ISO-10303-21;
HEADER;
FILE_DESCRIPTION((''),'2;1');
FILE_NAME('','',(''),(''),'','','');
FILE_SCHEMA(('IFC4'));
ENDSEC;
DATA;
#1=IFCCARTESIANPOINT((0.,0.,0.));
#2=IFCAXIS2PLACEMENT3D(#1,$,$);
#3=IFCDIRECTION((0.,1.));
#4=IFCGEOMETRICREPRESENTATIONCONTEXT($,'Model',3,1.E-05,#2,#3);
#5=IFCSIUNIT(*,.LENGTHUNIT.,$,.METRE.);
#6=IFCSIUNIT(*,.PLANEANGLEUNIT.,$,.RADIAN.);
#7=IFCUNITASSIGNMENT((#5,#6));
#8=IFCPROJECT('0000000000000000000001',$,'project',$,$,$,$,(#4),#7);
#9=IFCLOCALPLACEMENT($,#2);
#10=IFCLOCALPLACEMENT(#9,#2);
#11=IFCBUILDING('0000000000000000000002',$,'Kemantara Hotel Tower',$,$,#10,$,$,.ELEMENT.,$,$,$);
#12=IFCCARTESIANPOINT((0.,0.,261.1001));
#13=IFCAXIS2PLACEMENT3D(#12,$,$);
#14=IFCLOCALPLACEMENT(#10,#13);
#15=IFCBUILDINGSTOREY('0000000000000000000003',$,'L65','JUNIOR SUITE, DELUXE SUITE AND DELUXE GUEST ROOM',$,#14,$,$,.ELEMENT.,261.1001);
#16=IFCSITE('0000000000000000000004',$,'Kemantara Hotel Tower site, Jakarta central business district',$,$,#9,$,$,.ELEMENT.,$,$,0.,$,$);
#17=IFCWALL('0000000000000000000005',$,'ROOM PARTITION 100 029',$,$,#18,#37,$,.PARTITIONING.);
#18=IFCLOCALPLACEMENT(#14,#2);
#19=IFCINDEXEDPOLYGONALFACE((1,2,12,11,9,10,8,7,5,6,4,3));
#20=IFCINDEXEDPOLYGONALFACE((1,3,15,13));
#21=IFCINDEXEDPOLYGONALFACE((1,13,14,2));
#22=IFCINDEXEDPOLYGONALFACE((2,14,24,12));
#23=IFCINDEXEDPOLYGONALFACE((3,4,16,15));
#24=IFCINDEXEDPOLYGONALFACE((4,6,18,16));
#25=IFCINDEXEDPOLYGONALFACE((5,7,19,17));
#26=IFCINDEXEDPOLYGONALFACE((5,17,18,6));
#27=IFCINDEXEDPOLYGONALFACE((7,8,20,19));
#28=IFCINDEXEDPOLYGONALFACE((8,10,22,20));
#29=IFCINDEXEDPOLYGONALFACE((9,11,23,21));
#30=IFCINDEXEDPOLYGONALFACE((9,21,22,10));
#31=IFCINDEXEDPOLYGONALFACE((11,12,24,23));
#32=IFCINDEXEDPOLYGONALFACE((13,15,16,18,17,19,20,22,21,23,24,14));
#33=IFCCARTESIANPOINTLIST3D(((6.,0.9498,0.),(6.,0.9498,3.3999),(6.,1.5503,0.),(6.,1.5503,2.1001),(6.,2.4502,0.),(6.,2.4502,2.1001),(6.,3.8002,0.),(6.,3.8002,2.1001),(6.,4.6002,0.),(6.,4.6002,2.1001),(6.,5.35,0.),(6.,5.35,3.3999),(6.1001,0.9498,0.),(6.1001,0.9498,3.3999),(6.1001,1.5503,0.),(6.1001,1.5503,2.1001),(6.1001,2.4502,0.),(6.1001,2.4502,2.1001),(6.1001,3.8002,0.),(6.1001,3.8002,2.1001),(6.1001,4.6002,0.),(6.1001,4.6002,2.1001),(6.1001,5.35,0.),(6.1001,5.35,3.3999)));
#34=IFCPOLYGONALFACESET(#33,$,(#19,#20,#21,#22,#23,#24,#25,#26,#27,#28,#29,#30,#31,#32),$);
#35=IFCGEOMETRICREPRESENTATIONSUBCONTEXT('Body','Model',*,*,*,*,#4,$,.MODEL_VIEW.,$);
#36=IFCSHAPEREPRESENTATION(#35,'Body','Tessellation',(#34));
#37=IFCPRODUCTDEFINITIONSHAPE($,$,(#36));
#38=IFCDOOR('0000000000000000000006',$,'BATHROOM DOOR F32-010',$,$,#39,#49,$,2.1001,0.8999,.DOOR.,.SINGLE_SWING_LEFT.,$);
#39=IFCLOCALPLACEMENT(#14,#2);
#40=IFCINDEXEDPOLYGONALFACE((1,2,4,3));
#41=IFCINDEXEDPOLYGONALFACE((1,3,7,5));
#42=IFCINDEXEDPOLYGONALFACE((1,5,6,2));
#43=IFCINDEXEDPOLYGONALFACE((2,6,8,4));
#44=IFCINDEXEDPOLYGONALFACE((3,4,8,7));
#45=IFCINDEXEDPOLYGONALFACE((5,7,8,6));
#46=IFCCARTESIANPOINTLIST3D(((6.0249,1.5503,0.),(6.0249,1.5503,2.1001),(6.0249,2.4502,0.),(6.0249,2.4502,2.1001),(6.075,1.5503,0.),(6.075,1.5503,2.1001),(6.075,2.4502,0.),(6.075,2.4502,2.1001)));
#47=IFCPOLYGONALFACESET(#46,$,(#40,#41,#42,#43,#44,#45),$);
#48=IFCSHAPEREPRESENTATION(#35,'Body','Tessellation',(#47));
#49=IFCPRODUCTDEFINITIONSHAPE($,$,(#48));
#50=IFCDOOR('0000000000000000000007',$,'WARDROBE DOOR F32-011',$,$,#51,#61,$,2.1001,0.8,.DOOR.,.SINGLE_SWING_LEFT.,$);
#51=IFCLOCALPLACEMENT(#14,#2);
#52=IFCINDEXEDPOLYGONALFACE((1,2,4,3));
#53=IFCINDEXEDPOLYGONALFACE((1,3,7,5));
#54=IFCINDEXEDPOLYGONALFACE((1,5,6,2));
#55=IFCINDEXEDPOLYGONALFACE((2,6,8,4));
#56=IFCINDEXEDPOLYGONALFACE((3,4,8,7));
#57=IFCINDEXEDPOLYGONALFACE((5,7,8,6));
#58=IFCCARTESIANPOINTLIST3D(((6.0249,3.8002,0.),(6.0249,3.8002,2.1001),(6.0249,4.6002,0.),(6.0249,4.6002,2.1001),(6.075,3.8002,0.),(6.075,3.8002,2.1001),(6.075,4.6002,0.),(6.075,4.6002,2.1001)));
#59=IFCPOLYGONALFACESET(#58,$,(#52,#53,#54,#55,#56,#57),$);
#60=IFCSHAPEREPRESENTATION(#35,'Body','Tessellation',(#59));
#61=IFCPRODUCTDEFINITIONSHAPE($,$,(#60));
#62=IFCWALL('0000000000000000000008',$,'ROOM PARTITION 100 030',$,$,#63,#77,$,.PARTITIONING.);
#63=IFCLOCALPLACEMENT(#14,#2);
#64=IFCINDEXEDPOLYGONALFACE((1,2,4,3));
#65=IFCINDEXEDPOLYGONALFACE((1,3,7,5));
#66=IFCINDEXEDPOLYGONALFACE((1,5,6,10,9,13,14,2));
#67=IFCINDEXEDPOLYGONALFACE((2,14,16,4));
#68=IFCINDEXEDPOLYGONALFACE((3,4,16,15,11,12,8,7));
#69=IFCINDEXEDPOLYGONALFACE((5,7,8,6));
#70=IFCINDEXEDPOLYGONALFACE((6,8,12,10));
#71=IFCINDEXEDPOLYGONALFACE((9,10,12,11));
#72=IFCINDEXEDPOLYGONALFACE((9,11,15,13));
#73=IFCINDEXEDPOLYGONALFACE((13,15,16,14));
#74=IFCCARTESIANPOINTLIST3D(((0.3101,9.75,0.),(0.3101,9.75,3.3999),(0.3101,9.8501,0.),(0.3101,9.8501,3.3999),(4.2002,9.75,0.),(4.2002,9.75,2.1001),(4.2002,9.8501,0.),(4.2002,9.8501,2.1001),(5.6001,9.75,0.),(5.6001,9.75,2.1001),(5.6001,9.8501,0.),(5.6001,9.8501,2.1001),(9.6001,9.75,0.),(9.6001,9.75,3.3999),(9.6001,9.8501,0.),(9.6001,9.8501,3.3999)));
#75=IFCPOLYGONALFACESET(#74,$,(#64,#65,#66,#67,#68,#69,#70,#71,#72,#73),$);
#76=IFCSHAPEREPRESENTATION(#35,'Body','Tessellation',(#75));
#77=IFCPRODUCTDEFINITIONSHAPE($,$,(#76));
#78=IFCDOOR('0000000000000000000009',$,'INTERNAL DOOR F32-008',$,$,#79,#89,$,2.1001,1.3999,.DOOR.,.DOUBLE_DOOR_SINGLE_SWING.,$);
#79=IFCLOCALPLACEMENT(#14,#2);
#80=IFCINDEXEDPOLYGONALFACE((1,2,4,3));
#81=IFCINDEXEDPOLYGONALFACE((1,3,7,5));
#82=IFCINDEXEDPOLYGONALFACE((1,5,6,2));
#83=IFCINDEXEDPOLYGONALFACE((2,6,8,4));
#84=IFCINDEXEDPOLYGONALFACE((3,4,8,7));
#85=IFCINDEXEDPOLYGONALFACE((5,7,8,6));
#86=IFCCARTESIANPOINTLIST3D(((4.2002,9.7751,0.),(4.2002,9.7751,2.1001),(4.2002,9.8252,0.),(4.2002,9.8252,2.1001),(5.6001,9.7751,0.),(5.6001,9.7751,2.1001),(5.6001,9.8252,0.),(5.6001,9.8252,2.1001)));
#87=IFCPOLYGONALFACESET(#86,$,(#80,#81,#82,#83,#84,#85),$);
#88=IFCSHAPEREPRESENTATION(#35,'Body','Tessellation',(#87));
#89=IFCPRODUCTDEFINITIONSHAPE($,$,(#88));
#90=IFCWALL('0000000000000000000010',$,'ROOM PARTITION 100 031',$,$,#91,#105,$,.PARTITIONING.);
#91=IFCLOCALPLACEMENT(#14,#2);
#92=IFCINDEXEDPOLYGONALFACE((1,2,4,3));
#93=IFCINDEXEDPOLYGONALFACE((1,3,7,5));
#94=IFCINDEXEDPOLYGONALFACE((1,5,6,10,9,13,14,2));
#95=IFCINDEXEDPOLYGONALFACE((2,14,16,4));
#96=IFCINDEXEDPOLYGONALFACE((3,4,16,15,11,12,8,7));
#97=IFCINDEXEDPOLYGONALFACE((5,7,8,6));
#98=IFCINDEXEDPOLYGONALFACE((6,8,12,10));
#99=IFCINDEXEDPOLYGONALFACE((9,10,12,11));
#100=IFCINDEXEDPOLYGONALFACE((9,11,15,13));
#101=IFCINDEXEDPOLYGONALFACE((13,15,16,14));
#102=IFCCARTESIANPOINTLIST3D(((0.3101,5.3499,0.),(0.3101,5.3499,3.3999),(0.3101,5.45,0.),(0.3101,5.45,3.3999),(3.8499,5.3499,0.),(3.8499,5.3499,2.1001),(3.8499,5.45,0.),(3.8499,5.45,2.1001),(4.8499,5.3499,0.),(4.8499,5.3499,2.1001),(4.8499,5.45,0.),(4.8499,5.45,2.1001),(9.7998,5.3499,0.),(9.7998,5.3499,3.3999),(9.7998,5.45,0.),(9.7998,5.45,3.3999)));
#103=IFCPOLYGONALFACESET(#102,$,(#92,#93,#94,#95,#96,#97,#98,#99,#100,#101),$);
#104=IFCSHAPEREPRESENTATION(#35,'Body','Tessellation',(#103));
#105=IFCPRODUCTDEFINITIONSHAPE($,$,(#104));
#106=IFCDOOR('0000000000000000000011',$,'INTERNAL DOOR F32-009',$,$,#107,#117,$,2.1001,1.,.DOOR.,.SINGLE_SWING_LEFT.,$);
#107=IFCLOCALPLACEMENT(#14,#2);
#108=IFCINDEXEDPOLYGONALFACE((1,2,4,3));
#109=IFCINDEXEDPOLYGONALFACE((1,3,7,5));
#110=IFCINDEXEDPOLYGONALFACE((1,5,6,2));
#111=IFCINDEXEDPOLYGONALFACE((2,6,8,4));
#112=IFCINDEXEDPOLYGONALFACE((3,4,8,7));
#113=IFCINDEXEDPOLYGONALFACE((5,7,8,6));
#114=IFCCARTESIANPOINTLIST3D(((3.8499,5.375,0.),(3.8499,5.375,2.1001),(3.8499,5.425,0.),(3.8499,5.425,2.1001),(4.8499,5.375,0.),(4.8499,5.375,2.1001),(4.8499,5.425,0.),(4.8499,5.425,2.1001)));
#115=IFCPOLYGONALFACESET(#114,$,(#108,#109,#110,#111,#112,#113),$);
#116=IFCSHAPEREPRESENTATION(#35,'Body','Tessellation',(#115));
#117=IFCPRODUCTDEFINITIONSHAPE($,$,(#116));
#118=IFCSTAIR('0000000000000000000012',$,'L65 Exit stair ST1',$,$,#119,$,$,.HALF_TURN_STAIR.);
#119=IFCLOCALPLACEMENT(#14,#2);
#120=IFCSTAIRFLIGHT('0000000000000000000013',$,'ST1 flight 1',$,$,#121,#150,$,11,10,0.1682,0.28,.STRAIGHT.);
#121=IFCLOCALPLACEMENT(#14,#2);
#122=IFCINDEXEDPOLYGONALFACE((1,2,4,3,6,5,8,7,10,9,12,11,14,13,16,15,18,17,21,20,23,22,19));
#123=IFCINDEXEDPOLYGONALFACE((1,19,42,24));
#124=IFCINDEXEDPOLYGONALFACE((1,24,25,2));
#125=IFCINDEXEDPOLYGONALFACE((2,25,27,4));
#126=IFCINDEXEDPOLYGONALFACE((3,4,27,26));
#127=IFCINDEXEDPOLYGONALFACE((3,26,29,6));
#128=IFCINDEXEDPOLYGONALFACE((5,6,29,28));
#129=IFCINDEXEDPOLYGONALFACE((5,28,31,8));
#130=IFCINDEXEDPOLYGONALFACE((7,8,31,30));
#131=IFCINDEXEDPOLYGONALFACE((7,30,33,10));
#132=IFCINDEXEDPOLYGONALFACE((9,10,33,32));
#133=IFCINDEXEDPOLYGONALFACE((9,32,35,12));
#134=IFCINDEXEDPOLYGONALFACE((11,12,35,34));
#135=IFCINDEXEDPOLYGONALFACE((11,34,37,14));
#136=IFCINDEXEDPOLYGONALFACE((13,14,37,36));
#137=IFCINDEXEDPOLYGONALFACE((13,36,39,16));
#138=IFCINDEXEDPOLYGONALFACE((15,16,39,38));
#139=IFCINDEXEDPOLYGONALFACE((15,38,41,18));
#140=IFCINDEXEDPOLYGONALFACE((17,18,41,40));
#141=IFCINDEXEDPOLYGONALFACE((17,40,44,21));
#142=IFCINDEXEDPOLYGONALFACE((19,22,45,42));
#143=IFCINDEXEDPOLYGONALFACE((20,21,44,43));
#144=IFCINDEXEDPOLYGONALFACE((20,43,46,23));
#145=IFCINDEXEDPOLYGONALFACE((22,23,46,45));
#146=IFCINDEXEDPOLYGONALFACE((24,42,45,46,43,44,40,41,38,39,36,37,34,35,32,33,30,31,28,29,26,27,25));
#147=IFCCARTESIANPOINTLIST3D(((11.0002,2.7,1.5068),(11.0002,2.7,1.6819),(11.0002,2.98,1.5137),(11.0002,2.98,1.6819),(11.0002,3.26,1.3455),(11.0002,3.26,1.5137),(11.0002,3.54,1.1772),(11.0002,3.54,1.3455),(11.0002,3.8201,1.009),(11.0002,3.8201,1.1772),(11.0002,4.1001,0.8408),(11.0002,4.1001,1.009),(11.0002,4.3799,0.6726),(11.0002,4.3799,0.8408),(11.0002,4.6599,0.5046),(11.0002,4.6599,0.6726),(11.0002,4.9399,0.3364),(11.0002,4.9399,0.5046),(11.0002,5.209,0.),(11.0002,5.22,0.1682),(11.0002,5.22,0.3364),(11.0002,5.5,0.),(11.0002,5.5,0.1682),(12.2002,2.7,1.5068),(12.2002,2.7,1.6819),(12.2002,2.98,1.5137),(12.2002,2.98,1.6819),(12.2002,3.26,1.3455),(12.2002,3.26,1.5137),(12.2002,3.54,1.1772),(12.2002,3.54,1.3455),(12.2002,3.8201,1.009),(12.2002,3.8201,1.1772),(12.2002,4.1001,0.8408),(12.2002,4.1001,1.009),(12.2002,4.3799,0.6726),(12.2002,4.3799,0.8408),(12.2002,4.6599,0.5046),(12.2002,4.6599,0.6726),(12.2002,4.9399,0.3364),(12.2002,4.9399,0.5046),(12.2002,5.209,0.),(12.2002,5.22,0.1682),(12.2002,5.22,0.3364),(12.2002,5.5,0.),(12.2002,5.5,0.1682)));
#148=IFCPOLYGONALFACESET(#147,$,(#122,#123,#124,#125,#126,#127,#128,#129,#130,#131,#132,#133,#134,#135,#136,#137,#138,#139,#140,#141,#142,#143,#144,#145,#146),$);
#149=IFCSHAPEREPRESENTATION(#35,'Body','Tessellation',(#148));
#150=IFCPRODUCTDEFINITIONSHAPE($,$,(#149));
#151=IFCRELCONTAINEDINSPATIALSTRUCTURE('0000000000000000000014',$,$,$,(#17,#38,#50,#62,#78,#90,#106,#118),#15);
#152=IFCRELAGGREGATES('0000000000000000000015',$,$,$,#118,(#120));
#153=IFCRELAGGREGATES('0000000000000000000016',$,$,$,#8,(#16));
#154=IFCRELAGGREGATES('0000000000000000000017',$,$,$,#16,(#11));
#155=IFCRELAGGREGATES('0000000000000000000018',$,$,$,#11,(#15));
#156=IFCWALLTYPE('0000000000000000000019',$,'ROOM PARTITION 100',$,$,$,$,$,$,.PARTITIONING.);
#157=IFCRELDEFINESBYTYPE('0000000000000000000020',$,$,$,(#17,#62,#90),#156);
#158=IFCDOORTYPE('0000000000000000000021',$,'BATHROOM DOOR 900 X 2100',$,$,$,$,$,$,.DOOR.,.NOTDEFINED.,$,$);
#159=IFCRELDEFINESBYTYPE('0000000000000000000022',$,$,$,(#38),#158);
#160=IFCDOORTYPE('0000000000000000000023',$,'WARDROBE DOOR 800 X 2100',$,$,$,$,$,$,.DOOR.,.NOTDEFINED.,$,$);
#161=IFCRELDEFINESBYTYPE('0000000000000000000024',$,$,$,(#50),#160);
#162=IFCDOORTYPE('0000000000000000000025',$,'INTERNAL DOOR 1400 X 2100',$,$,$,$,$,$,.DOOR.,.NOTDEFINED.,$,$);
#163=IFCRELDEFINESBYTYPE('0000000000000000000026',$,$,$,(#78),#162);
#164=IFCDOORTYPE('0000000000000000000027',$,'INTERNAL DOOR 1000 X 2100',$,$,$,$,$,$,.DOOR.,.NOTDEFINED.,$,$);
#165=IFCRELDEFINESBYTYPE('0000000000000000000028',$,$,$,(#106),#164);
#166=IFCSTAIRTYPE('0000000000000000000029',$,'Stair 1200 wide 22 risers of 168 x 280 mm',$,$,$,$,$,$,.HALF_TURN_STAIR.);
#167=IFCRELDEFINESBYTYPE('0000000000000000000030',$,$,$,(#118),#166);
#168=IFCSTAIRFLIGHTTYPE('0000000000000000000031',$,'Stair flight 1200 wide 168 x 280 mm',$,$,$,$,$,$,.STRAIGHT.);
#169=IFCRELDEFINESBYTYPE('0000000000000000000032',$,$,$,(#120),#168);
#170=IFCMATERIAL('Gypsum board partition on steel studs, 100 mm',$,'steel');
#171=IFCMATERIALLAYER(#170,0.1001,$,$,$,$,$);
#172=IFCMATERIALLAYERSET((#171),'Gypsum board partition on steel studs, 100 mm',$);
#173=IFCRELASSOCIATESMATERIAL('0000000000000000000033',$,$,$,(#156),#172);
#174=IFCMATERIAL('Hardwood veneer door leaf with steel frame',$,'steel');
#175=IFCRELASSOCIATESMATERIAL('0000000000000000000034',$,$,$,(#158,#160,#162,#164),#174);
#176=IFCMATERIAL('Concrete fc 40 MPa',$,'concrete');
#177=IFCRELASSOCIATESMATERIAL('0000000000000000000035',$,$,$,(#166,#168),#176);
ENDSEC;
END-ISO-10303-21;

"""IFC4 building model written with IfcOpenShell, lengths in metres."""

from ifc_helpers import new_model, si_unit, direction, frame, frame_2d, origin, place, context, subcontext, project, spatial, polyline, rectangle, outline, extrude, material, layer, layer_set, type_object, element, fill, aggregate, save


model = new_model("IFC4")

# Units and contexts
model_context = context("Model", 3, precision=1e-05, world=origin(), true_north=direction((0.0, 1.0)))
body_context = subcontext(model_context, "Body", "Model", "MODEL_VIEW")
ifc_project = project(units=[si_unit("LENGTHUNIT", "METRE"), si_unit("PLANEANGLEUNIT", "RADIAN")], contexts=[model_context])

# Site, building, storey
site_placement = place(None, origin())
site = spatial("IfcSite", under=ifc_project, at=site_placement, Name="Kemantara Hotel Tower site, Jakarta central business district", CompositionType="ELEMENT", RefElevation=0.0)
building_placement = place(site_placement, origin())
building = spatial("IfcBuilding", under=site, at=building_placement, Name="Kemantara Hotel Tower", CompositionType="ELEMENT")
storey_placement = place(building_placement, frame((0.0, 0.0, 261.1001)))
storey = spatial("IfcBuildingStorey", under=building, at=storey_placement, Name="L65", Description="JUNIOR SUITE, DELUXE SUITE AND DELUXE GUEST ROOM", CompositionType="ELEMENT", Elevation=261.1001)

# Shared definitions
ifc_material_1 = material(Name="Hardwood veneer door leaf with steel frame", Category="steel")

# Wall, openings, doors
ifc_material_2 = material(Name="Gypsum board partition on steel studs, 100 mm", Category="steel")
ifc_layer_1 = layer(ifc_material_2, 0.1001)
ifc_layer_set_1 = layer_set([ifc_layer_1], Name="Gypsum board partition on steel studs, 100 mm")
wall_type_1 = type_object("IfcWallType", Name="ROOM PARTITION 100", PredefinedType="PARTITIONING", material=ifc_layer_set_1)
wall_1_placement = place(storey_placement, frame((6.05, 5.3501, 0.0), z_axis=(0.0, 0.0, 1.0), x_axis=(0.0, -1.0, 0.0)))
wall_1 = element("IfcWall", 1, at=wall_1_placement, inside=storey, type_object=wall_type_1, Name="ROOM PARTITION 100 029", PredefinedType="PARTITIONING", context=body_context, shape_type="SweptSolid", body=[
    extrude(rectangle(XDim=4.4001, YDim=0.1001, at=frame_2d((2.2002, 0.0))), origin(), (0.0, 0.0, 1.0), 3.3999),
])
opening_1_placement = place(wall_1_placement, frame((2.8999, 0.0, 0.0)))
opening_1 = element("IfcOpeningElement", 2, at=opening_1_placement, cuts=wall_1, PredefinedType="OPENING", context=body_context, shape_type="SweptSolid", body=[
    extrude(rectangle(XDim=0.8999, YDim=2.1001, at=frame_2d((0.45, 1.05))), frame((0.0, 0.0601, 0.0), z_axis=(0.0, -1.0, 0.0), x_axis=(1.0, 0.0, 0.0)), (0.0, 0.0, 1.0), 0.1201),
])
opening_2_placement = place(wall_1_placement, frame((0.75, 0.0, 0.0)))
opening_2 = element("IfcOpeningElement", 3, at=opening_2_placement, cuts=wall_1, PredefinedType="OPENING", context=body_context, shape_type="SweptSolid", body=[
    extrude(rectangle(XDim=0.8, YDim=2.1001, at=frame_2d((0.3999, 1.05))), frame((0.0, 0.0601, 0.0), z_axis=(0.0, -1.0, 0.0), x_axis=(1.0, 0.0, 0.0)), (0.0, 0.0, 1.0), 0.1201),
])
door_type_1 = type_object("IfcDoorType", Name="BATHROOM DOOR 900 X 2100", OperationType="NOTDEFINED", PredefinedType="DOOR", material=ifc_material_1)
door_1_placement = place(opening_1_placement, origin())
door_1 = element("IfcDoor", 4, at=door_1_placement, inside=storey, type_object=door_type_1, Name="BATHROOM DOOR F32-010", OperationType="SINGLE_SWING_LEFT", OverallHeight=2.1001, OverallWidth=0.8999, PredefinedType="DOOR", context=body_context, shape_type="SweptSolid", body=[
    extrude(rectangle(XDim=0.8999, YDim=2.1001, at=frame_2d((0.45, 1.05))), frame((0.0, 0.0249, 0.0), z_axis=(0.0, -1.0, 0.0), x_axis=(1.0, 0.0, 0.0)), (0.0, 0.0, 1.0), 0.05),
])
fill(opening_1, door_1)
door_type_2 = type_object("IfcDoorType", Name="WARDROBE DOOR 800 X 2100", OperationType="NOTDEFINED", PredefinedType="DOOR", material=ifc_material_1)
door_2_placement = place(opening_2_placement, origin())
door_2 = element("IfcDoor", 5, at=door_2_placement, inside=storey, type_object=door_type_2, Name="WARDROBE DOOR F32-011", OperationType="SINGLE_SWING_LEFT", OverallHeight=2.1001, OverallWidth=0.8, PredefinedType="DOOR", context=body_context, shape_type="SweptSolid", body=[
    extrude(rectangle(XDim=0.8, YDim=2.1001, at=frame_2d((0.3999, 1.05))), frame((0.0, 0.0249, 0.0), z_axis=(0.0, -1.0, 0.0), x_axis=(1.0, 0.0, 0.0)), (0.0, 0.0, 1.0), 0.05),
])
fill(opening_2, door_2)

# Walls, openings, doors
wall_2_placement = place(storey_placement, frame((9.6001, 9.8, 0.0), z_axis=(0.0, 0.0, 1.0), x_axis=(-1.0, 0.0, 0.0)))
wall_2 = element("IfcWall", 6, at=wall_2_placement, inside=storey, type_object=wall_type_1, Name="ROOM PARTITION 100 030", PredefinedType="PARTITIONING", context=body_context, shape_type="SweptSolid", body=[
    extrude(rectangle(XDim=9.29, YDim=0.1001, at=frame_2d((4.645, 0.0))), origin(), (0.0, 0.0, 1.0), 3.3999),
])
opening_3_placement = place(wall_2_placement, frame((4.0, 0.0, 0.0)))
opening_3 = element("IfcOpeningElement", 7, at=opening_3_placement, cuts=wall_2, PredefinedType="OPENING", context=body_context, shape_type="SweptSolid", body=[
    extrude(rectangle(XDim=1.3999, YDim=2.1001, at=frame_2d((0.7, 1.05))), frame((0.0, 0.0601, 0.0), z_axis=(0.0, -1.0, 0.0), x_axis=(1.0, 0.0, 0.0)), (0.0, 0.0, 1.0), 0.1201),
])
door_type_3 = type_object("IfcDoorType", Name="INTERNAL DOOR 1400 X 2100", OperationType="NOTDEFINED", PredefinedType="DOOR", material=ifc_material_1)
door_3_placement = place(opening_3_placement, origin())
door_3 = element("IfcDoor", 8, at=door_3_placement, inside=storey, type_object=door_type_3, Name="INTERNAL DOOR F32-008", OperationType="DOUBLE_DOOR_SINGLE_SWING", OverallHeight=2.1001, OverallWidth=1.3999, PredefinedType="DOOR", context=body_context, shape_type="SweptSolid", body=[
    extrude(rectangle(XDim=1.3999, YDim=2.1001, at=frame_2d((0.7, 1.05))), frame((0.0, 0.0249, 0.0), z_axis=(0.0, -1.0, 0.0), x_axis=(1.0, 0.0, 0.0)), (0.0, 0.0, 1.0), 0.05),
])
fill(opening_3, door_3)
wall_3_placement = place(storey_placement, frame((9.7998, 5.3999, 0.0), z_axis=(0.0, 0.0, 1.0), x_axis=(-1.0, 0.0, 0.0)))
wall_3 = element("IfcWall", 9, at=wall_3_placement, inside=storey, type_object=wall_type_1, Name="ROOM PARTITION 100 031", PredefinedType="PARTITIONING", context=body_context, shape_type="SweptSolid", body=[
    extrude(rectangle(XDim=9.4897, YDim=0.1001, at=frame_2d((4.7449, 0.0))), origin(), (0.0, 0.0, 1.0), 3.3999),
])
opening_4_placement = place(wall_3_placement, frame((4.95, 0.0, 0.0)))
opening_4 = element("IfcOpeningElement", 10, at=opening_4_placement, cuts=wall_3, PredefinedType="OPENING", context=body_context, shape_type="SweptSolid", body=[
    extrude(rectangle(XDim=1.0, YDim=2.1001, at=frame_2d((0.5, 1.05))), frame((0.0, 0.0601, 0.0), z_axis=(0.0, -1.0, 0.0), x_axis=(1.0, 0.0, 0.0)), (0.0, 0.0, 1.0), 0.1201),
])
door_type_4 = type_object("IfcDoorType", Name="INTERNAL DOOR 1000 X 2100", OperationType="NOTDEFINED", PredefinedType="DOOR", material=ifc_material_1)
door_4_placement = place(opening_4_placement, origin())
door_4 = element("IfcDoor", 11, at=door_4_placement, inside=storey, type_object=door_type_4, Name="INTERNAL DOOR F32-009", OperationType="SINGLE_SWING_LEFT", OverallHeight=2.1001, OverallWidth=1.0, PredefinedType="DOOR", context=body_context, shape_type="SweptSolid", body=[
    extrude(rectangle(XDim=1.0, YDim=2.1001, at=frame_2d((0.5, 1.05))), frame((0.0, 0.0249, 0.0), z_axis=(0.0, -1.0, 0.0), x_axis=(1.0, 0.0, 0.0)), (0.0, 0.0, 1.0), 0.05),
])
fill(opening_4, door_4)

# Stair, stair flight
ifc_material_3 = material(Name="Concrete fc 40 MPa", Category="concrete")
stair_type = type_object("IfcStairType", Name="Stair 1200 wide 22 risers of 168 x 280 mm", PredefinedType="HALF_TURN_STAIR", material=ifc_material_3)
stair_placement = place(storey_placement, origin())
stair = element("IfcStair", 12, at=stair_placement, inside=storey, type_object=stair_type, Name="L65 Exit stair ST1", PredefinedType="HALF_TURN_STAIR")
stair_flight_type = type_object("IfcStairFlightType", Name="Stair flight 1200 wide 168 x 280 mm", PredefinedType="STRAIGHT", material=ifc_material_3)
stair_flight_placement = place(storey_placement, frame((11.6001, 5.5, 0.0), z_axis=(0.0, 0.0, 1.0), x_axis=(0.0, -1.0, 0.0)))
stair_flight = element("IfcStairFlight", 13, at=stair_flight_placement, type_object=stair_flight_type, Name="ST1 flight 1", NumberOfRisers=11, NumberOfTreads=10, PredefinedType="STRAIGHT", RiserHeight=0.1682, TreadLength=0.28, context=body_context, shape_type="SweptSolid", body=[
    extrude(outline(polyline([(0.0, 0.0), (0.0, 0.1682), (0.28, 0.1682), (0.28, 0.3364), (0.5601, 0.3364), (0.5601, 0.5046), (0.8401, 0.5046), (0.8401, 0.6726), (1.1201, 0.6726), (1.1201, 0.8408), (1.3999, 0.8408), (1.3999, 1.009), (1.6799, 1.009), (1.6799, 1.1772), (1.96, 1.1772), (1.96, 1.3455), (2.24, 1.3455), (2.24, 1.5137), (2.52, 1.5137), (2.52, 1.6819), (2.8, 1.6819), (2.8, 1.8501), (2.8, 1.5068), (0.291, 0.0), (0.0, 0.0)])), frame((0.0, 0.6001, 0.0), z_axis=(0.0, -1.0, 0.0), x_axis=(1.0, 0.0, 0.0)), (0.0, 0.0, 1.0), 1.2),
])
aggregate(stair, [stair_flight])

save(model, "model.ifc")
